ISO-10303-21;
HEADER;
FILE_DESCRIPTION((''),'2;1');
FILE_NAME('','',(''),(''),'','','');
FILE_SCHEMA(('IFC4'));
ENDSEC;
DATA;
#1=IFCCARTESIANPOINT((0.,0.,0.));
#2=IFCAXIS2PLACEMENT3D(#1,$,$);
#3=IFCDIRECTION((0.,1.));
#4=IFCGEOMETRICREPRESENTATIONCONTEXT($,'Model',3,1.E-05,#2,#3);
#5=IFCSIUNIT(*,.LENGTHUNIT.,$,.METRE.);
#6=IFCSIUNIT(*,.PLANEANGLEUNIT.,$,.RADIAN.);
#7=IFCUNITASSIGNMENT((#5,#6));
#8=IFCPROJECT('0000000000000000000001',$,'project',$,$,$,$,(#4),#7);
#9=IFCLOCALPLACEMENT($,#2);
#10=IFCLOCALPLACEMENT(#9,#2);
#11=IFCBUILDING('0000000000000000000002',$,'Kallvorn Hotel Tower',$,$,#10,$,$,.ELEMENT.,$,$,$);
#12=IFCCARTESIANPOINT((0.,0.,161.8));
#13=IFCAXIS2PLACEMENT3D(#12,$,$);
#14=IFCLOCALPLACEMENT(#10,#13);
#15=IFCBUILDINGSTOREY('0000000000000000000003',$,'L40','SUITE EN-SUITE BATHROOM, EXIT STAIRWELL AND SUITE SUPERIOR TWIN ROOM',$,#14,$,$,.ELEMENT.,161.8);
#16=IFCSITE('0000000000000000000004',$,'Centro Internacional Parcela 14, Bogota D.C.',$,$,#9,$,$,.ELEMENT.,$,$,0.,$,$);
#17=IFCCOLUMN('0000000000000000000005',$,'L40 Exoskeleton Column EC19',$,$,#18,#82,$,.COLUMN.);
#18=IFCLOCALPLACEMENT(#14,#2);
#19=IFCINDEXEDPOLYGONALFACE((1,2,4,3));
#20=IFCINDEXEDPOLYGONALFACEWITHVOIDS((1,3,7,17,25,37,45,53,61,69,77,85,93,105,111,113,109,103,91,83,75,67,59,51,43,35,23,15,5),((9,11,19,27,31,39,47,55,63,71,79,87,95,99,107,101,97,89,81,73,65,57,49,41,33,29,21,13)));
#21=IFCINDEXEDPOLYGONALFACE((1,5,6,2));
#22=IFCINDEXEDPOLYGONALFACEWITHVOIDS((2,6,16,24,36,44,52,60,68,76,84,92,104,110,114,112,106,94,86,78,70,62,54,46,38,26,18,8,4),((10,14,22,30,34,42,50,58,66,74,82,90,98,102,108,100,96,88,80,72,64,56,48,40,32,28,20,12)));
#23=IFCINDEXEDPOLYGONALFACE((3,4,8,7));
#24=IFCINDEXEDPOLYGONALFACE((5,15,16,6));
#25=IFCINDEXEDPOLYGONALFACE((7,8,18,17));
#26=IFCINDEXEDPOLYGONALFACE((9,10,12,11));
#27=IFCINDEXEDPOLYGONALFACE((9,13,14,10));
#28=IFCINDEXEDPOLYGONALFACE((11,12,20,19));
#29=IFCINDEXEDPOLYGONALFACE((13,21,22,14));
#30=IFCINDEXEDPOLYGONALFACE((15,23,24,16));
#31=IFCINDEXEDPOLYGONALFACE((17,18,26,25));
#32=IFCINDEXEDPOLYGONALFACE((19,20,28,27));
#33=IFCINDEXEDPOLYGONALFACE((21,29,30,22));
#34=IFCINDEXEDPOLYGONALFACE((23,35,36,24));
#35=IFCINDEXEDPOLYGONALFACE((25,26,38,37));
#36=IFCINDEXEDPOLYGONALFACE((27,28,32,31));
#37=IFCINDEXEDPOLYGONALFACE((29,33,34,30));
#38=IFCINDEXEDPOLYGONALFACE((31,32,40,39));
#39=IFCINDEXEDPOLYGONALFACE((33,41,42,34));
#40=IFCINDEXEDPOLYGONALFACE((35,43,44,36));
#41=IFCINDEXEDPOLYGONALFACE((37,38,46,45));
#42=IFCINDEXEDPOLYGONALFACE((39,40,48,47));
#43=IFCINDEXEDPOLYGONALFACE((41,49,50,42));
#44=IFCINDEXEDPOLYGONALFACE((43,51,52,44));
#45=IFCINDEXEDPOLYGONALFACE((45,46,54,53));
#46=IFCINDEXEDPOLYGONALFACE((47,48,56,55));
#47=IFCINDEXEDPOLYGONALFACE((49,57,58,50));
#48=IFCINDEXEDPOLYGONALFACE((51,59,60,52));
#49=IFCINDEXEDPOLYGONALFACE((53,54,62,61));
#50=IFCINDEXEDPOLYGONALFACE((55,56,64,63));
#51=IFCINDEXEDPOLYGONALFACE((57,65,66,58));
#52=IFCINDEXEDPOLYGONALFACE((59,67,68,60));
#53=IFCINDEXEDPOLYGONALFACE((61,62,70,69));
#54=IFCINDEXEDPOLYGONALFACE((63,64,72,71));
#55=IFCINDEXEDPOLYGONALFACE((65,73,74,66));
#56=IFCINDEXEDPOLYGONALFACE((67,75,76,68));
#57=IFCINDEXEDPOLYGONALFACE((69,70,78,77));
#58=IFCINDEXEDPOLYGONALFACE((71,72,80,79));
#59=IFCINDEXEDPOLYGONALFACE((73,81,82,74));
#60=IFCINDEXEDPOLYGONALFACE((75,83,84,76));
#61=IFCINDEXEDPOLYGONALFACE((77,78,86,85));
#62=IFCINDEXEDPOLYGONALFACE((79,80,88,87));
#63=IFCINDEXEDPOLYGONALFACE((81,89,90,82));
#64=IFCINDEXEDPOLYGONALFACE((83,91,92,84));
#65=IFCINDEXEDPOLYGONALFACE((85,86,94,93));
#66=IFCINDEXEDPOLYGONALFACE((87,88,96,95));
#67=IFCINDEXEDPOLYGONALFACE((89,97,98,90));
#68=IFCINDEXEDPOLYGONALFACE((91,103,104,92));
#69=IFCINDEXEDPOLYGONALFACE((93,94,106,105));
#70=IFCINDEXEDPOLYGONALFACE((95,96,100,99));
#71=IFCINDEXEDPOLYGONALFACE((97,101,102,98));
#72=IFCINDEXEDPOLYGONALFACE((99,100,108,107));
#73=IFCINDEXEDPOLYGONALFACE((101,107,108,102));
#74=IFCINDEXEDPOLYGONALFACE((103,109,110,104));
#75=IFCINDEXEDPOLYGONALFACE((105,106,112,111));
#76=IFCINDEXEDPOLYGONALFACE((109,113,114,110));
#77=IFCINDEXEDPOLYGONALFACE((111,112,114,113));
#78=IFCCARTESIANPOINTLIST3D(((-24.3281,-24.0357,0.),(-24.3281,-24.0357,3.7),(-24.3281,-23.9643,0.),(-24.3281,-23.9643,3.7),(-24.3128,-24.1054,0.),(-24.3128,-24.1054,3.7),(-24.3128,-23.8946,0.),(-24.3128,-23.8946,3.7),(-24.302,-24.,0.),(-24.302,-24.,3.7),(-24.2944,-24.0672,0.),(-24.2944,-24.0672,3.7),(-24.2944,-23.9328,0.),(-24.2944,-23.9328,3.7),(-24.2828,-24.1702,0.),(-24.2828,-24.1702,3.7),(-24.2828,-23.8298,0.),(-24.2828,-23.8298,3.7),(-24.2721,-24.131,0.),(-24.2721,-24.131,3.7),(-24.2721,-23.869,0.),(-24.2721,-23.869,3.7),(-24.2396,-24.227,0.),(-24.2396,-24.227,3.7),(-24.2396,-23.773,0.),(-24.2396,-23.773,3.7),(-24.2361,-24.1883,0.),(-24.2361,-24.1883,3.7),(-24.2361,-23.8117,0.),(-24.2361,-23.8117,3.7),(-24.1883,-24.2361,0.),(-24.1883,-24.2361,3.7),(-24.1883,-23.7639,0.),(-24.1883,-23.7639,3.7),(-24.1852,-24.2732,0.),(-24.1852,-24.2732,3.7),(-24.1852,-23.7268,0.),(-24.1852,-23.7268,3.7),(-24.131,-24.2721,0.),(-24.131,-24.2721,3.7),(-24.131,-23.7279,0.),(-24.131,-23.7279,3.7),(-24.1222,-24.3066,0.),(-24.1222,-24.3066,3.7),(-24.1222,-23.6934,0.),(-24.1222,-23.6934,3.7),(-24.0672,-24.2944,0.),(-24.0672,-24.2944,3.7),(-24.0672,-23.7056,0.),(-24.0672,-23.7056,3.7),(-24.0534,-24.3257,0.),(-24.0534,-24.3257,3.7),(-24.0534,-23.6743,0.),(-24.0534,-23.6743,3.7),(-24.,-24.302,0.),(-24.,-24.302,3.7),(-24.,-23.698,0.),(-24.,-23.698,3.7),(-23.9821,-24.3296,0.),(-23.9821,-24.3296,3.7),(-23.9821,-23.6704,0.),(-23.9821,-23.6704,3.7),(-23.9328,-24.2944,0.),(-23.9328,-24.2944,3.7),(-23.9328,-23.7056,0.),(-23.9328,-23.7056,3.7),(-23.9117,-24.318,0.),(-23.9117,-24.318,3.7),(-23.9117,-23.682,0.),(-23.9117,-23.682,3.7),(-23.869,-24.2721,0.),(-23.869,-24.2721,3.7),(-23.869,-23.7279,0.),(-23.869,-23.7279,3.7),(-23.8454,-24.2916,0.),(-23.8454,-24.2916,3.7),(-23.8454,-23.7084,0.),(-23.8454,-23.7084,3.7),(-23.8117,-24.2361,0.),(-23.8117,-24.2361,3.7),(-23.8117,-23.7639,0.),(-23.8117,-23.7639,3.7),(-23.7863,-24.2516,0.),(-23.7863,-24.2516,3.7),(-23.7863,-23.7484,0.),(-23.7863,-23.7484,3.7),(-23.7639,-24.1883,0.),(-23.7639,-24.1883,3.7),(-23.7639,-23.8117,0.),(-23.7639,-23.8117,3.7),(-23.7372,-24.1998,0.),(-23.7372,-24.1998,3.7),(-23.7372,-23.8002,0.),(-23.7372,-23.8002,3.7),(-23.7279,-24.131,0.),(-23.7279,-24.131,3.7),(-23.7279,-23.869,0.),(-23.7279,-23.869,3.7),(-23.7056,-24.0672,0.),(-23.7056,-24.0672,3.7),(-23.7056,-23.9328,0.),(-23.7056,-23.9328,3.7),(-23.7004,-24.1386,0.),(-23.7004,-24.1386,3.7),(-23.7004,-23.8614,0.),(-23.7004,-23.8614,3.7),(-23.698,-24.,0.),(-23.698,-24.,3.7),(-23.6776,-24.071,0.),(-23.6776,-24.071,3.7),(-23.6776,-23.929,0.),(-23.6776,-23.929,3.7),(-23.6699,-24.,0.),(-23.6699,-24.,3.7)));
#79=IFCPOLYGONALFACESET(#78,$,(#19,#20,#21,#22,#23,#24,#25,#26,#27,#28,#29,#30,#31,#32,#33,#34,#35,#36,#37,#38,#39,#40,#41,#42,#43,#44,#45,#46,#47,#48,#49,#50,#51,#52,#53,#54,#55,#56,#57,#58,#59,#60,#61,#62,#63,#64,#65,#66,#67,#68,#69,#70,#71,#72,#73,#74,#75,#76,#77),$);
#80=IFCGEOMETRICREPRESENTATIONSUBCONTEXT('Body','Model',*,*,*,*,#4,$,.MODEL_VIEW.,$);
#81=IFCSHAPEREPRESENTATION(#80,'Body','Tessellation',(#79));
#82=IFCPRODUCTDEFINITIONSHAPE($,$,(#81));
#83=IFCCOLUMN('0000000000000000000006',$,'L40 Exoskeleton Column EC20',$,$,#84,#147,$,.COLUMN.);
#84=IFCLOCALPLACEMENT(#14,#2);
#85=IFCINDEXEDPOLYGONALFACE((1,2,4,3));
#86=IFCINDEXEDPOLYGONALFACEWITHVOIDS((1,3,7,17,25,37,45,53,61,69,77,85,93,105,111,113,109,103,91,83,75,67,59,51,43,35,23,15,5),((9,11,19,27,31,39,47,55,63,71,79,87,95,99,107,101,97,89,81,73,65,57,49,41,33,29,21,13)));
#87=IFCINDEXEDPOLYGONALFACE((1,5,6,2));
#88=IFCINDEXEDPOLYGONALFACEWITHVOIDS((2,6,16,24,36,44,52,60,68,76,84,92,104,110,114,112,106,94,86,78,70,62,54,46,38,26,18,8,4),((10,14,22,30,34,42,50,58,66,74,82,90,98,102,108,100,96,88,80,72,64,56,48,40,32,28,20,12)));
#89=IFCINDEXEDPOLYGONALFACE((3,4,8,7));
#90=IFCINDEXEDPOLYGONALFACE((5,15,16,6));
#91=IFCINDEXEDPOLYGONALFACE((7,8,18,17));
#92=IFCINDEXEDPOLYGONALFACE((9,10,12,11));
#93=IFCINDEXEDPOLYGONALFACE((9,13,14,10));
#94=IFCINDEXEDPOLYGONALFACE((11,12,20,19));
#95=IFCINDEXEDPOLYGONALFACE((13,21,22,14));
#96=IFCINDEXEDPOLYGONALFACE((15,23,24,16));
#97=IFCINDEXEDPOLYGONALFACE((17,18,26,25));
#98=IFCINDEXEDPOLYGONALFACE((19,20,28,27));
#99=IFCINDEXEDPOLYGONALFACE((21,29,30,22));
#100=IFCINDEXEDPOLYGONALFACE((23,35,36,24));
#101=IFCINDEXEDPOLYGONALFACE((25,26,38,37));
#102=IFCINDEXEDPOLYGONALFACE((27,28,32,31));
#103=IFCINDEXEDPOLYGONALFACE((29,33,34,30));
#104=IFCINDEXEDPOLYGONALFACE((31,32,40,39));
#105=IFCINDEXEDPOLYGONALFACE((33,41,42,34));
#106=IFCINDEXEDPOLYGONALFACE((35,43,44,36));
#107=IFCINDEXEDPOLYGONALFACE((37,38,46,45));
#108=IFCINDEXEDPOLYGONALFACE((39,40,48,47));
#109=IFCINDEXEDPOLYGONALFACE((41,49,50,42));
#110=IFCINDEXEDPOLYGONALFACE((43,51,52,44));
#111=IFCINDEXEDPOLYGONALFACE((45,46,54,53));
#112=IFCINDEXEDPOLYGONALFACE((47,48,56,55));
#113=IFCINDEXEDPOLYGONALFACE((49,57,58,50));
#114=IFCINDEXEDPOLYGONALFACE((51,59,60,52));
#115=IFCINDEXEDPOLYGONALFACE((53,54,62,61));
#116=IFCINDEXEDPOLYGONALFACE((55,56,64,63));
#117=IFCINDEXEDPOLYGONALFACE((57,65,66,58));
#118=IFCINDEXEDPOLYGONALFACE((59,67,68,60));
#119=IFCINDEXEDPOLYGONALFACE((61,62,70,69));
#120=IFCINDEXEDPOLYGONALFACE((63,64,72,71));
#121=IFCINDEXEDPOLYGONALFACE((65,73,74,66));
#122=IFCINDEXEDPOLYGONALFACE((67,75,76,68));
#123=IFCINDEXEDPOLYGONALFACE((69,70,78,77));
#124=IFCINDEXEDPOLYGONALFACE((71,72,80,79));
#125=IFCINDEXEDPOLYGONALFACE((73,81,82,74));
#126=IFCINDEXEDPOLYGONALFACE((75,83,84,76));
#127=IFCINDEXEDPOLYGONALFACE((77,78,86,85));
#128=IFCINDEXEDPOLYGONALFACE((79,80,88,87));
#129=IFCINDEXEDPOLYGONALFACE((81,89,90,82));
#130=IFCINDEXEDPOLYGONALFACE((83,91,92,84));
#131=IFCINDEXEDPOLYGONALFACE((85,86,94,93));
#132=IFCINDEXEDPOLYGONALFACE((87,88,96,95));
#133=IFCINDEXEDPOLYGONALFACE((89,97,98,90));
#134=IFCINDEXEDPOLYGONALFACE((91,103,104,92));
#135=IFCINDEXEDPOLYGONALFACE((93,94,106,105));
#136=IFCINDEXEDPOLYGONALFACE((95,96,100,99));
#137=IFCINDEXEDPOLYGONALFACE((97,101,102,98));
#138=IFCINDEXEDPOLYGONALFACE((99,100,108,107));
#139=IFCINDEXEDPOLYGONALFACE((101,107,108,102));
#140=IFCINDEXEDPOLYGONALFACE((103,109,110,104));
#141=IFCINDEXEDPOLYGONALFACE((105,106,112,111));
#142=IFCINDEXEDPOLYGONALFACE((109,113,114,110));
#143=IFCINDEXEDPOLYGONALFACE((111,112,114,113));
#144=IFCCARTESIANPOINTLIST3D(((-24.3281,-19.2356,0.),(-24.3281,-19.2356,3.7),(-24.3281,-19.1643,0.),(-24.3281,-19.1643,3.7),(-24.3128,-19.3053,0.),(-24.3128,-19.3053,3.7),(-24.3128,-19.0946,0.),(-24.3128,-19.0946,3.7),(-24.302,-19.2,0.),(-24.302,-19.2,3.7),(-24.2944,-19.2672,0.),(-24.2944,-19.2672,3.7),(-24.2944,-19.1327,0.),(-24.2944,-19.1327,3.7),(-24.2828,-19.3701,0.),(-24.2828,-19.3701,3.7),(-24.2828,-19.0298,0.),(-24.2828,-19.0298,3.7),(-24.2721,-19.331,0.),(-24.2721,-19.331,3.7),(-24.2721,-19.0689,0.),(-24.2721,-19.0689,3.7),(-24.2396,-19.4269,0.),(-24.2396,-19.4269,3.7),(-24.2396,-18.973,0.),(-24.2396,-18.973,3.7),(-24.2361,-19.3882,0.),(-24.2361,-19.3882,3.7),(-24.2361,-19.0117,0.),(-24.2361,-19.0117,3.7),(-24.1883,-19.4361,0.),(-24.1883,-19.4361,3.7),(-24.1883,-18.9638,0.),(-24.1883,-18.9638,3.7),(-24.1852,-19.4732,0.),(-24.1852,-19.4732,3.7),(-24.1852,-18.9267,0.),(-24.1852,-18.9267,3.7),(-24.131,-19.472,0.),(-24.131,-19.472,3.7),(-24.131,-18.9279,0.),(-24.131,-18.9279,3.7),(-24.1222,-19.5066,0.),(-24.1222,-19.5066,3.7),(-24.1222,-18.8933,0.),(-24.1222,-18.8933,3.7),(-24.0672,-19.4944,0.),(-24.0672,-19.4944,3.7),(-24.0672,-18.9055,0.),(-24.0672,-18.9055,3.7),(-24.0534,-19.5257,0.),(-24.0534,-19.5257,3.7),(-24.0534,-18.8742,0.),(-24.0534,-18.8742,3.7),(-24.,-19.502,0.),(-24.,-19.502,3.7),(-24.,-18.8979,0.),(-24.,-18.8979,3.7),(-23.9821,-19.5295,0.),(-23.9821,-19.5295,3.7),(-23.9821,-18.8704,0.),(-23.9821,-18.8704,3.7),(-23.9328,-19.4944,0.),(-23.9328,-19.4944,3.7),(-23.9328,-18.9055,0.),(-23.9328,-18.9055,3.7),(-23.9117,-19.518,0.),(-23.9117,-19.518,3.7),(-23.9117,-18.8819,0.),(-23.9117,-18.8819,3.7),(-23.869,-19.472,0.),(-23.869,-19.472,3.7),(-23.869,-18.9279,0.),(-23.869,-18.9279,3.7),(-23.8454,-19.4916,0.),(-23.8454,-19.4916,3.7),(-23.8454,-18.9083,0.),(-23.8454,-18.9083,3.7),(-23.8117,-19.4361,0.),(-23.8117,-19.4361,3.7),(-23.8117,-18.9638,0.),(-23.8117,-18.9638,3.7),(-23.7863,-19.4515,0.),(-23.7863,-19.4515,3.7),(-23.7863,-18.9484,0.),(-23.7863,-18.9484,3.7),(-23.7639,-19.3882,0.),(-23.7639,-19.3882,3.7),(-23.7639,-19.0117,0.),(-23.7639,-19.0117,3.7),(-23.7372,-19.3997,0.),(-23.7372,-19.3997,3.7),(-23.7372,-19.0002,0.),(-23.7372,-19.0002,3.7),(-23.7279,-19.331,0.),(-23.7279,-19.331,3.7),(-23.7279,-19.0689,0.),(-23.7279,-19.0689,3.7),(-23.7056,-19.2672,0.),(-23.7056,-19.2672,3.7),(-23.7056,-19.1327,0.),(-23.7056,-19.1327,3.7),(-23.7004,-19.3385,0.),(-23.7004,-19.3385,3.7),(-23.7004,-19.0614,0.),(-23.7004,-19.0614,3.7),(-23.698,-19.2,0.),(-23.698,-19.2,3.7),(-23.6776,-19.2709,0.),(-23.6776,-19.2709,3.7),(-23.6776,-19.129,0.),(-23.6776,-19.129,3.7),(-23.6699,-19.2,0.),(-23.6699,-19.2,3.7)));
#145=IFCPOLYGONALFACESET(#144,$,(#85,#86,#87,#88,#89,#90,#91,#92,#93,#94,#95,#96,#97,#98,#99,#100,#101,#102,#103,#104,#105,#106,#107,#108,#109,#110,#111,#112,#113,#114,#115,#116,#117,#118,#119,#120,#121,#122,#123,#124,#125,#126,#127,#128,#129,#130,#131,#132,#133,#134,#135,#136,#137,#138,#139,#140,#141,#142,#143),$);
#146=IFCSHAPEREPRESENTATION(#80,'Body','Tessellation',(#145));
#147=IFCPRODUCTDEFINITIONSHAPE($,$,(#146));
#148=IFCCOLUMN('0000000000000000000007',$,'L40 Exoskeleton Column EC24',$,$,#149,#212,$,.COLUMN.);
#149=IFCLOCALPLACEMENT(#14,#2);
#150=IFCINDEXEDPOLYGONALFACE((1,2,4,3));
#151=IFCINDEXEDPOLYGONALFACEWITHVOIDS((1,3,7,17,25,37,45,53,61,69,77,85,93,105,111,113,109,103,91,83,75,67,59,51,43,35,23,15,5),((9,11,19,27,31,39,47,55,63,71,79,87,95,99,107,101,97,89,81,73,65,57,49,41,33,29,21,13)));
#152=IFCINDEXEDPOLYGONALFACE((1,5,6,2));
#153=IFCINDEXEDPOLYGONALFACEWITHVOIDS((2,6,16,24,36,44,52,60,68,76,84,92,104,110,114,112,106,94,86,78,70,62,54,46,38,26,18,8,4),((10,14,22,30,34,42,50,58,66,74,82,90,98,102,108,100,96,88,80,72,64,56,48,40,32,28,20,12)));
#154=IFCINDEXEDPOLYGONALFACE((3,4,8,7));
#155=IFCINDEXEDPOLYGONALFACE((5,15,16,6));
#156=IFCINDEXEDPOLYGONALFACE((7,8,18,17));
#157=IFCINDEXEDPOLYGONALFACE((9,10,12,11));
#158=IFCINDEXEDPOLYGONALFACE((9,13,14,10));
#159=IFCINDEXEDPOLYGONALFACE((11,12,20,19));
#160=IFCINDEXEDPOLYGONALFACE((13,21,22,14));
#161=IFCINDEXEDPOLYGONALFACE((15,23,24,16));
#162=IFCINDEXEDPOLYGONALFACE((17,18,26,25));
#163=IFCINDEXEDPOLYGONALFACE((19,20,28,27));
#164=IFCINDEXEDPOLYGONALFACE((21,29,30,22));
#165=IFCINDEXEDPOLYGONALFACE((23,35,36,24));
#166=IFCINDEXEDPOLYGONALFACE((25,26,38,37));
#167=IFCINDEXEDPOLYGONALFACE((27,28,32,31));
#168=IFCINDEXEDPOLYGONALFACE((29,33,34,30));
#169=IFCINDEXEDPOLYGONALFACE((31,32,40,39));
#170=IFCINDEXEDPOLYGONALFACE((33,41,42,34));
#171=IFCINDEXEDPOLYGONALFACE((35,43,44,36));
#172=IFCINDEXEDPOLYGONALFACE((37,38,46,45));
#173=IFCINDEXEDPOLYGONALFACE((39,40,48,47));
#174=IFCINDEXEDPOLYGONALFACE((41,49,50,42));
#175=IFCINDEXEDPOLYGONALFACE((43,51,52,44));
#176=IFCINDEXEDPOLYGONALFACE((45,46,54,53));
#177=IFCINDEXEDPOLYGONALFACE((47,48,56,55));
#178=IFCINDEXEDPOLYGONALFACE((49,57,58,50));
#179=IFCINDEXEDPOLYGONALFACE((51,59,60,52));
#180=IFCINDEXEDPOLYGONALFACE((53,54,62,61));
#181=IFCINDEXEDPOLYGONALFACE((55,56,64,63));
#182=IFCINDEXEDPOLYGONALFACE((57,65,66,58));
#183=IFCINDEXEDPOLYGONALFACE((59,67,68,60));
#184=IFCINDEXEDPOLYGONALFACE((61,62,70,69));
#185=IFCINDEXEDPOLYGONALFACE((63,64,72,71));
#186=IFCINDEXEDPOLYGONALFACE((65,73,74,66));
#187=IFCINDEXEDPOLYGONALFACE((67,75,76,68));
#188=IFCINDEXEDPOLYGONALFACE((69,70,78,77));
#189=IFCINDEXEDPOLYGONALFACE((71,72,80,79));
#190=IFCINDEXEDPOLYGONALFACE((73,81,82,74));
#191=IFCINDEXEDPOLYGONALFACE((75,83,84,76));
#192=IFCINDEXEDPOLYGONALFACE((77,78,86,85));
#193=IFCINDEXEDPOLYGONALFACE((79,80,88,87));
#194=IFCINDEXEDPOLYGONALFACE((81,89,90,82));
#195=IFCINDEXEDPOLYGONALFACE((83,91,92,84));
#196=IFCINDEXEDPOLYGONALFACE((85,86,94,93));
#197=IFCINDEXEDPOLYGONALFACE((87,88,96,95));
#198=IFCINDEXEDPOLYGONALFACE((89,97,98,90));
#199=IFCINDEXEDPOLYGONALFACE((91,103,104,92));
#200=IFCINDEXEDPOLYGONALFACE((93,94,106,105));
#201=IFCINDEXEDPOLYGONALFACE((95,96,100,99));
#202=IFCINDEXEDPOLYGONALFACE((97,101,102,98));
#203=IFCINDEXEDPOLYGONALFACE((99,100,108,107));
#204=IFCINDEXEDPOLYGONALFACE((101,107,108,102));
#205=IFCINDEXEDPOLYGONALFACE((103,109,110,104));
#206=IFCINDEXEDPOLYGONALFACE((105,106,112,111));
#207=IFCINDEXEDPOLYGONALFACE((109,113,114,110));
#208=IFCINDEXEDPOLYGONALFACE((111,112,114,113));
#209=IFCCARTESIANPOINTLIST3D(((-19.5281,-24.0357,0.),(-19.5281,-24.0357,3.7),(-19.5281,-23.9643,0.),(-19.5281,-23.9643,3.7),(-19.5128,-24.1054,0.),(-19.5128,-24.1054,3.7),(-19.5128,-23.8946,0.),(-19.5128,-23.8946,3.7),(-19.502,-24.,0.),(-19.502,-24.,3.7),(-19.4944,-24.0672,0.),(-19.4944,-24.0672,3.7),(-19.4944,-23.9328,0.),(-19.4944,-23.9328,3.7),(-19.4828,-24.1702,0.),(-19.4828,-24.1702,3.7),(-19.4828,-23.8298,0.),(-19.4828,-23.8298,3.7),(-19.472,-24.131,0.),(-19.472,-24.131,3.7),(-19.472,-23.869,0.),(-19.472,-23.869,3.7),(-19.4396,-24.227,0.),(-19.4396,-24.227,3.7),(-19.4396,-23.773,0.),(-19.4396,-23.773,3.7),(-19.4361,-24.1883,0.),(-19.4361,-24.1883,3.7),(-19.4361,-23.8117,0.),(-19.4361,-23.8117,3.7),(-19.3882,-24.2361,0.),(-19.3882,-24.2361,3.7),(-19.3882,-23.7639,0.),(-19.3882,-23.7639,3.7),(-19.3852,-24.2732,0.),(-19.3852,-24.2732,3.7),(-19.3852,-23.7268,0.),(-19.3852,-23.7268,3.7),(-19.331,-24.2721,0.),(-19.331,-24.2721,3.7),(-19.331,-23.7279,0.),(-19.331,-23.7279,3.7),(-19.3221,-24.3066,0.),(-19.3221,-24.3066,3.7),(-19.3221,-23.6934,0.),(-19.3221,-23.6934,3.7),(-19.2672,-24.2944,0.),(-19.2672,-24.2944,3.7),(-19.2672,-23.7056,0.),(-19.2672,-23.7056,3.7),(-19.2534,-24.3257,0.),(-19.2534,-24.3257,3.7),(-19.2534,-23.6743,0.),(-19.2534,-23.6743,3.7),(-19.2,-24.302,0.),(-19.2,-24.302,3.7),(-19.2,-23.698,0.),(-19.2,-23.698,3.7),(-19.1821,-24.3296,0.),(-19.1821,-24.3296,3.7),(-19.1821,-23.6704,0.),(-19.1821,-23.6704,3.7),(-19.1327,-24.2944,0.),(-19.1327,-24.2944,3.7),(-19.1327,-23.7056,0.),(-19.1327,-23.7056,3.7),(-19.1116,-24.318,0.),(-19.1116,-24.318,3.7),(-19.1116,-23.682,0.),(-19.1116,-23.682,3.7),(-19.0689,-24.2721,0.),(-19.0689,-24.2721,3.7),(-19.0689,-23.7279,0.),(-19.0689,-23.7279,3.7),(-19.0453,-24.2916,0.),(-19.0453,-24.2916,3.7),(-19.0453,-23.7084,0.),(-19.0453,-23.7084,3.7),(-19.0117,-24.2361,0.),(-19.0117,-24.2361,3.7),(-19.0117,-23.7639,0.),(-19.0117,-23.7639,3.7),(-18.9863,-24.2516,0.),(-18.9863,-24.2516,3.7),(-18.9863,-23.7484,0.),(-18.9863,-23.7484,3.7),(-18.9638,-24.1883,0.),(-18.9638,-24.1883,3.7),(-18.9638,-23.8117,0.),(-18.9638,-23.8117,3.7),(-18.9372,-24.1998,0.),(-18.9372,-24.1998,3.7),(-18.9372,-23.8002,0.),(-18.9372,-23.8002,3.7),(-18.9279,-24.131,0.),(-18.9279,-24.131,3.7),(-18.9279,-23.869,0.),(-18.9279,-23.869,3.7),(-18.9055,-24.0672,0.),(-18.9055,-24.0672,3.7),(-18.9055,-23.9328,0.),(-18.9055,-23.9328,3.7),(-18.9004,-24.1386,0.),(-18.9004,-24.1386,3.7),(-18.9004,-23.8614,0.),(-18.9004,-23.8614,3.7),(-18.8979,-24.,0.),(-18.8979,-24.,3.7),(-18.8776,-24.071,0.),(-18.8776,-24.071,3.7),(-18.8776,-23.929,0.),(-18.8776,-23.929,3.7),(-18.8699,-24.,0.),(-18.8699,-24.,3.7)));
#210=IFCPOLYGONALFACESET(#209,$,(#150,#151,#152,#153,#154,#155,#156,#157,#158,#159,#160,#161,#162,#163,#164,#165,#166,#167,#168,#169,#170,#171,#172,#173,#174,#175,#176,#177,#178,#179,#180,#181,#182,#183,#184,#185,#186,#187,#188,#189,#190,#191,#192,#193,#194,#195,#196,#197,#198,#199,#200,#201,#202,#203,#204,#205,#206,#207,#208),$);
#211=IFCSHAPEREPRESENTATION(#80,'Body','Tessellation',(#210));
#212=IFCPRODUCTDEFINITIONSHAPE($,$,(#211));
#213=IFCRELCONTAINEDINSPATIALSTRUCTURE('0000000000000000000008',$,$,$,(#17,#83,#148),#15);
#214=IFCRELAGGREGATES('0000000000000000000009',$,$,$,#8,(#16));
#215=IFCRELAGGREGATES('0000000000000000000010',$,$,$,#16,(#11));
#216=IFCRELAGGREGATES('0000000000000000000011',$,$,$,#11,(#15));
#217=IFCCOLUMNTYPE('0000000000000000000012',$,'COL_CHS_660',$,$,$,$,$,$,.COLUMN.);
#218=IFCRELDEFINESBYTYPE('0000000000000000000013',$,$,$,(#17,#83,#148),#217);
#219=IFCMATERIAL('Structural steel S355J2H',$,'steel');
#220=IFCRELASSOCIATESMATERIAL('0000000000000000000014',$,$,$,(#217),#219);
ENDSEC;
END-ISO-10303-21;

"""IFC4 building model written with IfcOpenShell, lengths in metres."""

from ifc_helpers import new_model, si_unit, direction, frame, origin, origin_2d, place, context, subcontext, project, spatial, hollow_circle, extrude, material, material_profile, profile_set, type_object, element, save


model = new_model("IFC4")

# Units and contexts
model_context = context("Model", 3, precision=1e-05, world=origin(), true_north=direction((0.0, 1.0)))
body_context = subcontext(model_context, "Body", "Model", "MODEL_VIEW")
ifc_project = project(units=[si_unit("LENGTHUNIT", "METRE"), si_unit("PLANEANGLEUNIT", "RADIAN")], contexts=[model_context])

# Site, building, storey
site_placement = place(None, origin())
site = spatial("IfcSite", under=ifc_project, at=site_placement, Name="Centro Internacional Parcela 14, Bogota D.C.", CompositionType="ELEMENT", RefElevation=0.0)
building_placement = place(site_placement, origin())
building = spatial("IfcBuilding", under=site, at=building_placement, Name="Kallvorn Hotel Tower", CompositionType="ELEMENT")
storey_placement = place(building_placement, frame((0.0, 0.0, 161.8)))
storey = spatial("IfcBuildingStorey", under=building, at=storey_placement, Name="L40", Description="SUITE EN-SUITE BATHROOM, EXIT STAIRWELL AND SUITE SUPERIOR TWIN ROOM", CompositionType="ELEMENT", Elevation=161.8)

# Columns
ifc_material_1 = material(Name="Structural steel S355J2H", Category="steel")
ifc_material_profile_1 = material_profile(ifc_material_1, hollow_circle(Radius=0.3301, WallThickness=0.0281, at=origin_2d()), Name="CHS 660x28")
ifc_profile_set_1 = profile_set([ifc_material_profile_1], Name="Structural steel S355J2H")
column_type = type_object("IfcColumnType", Name="COL_CHS_660", PredefinedType="COLUMN", material=ifc_profile_set_1)
for number, where, z_axis, x_axis, name in (
    (1, (-24.0, -24.0, 0.0), (0.0, 0.0, 1.0), (1.0, 0.0, 0.0), "L40 Exoskeleton Column EC19"),
    (2, (-24.0, -19.2, 0.0), (0.0, 0.0, 1.0), (1.0, 0.0, 0.0), "L40 Exoskeleton Column EC20"),
    (3, (-19.2, -24.0, 0.0), (0.0, 0.0, 1.0), (1.0, 0.0, 0.0), "L40 Exoskeleton Column EC24"),
):
    element("IfcColumn", number, at=place(storey_placement, frame(where, z_axis=z_axis, x_axis=x_axis)), inside=storey, type_object=column_type, Name=name, PredefinedType="COLUMN", context=body_context, shape_type="SweptSolid", body=[
        extrude(hollow_circle(Radius=0.3301, WallThickness=0.0281, at=origin_2d()), origin(), (0.0, 0.0, 1.0), 3.7),
    ])

save(model, "model.ifc")
